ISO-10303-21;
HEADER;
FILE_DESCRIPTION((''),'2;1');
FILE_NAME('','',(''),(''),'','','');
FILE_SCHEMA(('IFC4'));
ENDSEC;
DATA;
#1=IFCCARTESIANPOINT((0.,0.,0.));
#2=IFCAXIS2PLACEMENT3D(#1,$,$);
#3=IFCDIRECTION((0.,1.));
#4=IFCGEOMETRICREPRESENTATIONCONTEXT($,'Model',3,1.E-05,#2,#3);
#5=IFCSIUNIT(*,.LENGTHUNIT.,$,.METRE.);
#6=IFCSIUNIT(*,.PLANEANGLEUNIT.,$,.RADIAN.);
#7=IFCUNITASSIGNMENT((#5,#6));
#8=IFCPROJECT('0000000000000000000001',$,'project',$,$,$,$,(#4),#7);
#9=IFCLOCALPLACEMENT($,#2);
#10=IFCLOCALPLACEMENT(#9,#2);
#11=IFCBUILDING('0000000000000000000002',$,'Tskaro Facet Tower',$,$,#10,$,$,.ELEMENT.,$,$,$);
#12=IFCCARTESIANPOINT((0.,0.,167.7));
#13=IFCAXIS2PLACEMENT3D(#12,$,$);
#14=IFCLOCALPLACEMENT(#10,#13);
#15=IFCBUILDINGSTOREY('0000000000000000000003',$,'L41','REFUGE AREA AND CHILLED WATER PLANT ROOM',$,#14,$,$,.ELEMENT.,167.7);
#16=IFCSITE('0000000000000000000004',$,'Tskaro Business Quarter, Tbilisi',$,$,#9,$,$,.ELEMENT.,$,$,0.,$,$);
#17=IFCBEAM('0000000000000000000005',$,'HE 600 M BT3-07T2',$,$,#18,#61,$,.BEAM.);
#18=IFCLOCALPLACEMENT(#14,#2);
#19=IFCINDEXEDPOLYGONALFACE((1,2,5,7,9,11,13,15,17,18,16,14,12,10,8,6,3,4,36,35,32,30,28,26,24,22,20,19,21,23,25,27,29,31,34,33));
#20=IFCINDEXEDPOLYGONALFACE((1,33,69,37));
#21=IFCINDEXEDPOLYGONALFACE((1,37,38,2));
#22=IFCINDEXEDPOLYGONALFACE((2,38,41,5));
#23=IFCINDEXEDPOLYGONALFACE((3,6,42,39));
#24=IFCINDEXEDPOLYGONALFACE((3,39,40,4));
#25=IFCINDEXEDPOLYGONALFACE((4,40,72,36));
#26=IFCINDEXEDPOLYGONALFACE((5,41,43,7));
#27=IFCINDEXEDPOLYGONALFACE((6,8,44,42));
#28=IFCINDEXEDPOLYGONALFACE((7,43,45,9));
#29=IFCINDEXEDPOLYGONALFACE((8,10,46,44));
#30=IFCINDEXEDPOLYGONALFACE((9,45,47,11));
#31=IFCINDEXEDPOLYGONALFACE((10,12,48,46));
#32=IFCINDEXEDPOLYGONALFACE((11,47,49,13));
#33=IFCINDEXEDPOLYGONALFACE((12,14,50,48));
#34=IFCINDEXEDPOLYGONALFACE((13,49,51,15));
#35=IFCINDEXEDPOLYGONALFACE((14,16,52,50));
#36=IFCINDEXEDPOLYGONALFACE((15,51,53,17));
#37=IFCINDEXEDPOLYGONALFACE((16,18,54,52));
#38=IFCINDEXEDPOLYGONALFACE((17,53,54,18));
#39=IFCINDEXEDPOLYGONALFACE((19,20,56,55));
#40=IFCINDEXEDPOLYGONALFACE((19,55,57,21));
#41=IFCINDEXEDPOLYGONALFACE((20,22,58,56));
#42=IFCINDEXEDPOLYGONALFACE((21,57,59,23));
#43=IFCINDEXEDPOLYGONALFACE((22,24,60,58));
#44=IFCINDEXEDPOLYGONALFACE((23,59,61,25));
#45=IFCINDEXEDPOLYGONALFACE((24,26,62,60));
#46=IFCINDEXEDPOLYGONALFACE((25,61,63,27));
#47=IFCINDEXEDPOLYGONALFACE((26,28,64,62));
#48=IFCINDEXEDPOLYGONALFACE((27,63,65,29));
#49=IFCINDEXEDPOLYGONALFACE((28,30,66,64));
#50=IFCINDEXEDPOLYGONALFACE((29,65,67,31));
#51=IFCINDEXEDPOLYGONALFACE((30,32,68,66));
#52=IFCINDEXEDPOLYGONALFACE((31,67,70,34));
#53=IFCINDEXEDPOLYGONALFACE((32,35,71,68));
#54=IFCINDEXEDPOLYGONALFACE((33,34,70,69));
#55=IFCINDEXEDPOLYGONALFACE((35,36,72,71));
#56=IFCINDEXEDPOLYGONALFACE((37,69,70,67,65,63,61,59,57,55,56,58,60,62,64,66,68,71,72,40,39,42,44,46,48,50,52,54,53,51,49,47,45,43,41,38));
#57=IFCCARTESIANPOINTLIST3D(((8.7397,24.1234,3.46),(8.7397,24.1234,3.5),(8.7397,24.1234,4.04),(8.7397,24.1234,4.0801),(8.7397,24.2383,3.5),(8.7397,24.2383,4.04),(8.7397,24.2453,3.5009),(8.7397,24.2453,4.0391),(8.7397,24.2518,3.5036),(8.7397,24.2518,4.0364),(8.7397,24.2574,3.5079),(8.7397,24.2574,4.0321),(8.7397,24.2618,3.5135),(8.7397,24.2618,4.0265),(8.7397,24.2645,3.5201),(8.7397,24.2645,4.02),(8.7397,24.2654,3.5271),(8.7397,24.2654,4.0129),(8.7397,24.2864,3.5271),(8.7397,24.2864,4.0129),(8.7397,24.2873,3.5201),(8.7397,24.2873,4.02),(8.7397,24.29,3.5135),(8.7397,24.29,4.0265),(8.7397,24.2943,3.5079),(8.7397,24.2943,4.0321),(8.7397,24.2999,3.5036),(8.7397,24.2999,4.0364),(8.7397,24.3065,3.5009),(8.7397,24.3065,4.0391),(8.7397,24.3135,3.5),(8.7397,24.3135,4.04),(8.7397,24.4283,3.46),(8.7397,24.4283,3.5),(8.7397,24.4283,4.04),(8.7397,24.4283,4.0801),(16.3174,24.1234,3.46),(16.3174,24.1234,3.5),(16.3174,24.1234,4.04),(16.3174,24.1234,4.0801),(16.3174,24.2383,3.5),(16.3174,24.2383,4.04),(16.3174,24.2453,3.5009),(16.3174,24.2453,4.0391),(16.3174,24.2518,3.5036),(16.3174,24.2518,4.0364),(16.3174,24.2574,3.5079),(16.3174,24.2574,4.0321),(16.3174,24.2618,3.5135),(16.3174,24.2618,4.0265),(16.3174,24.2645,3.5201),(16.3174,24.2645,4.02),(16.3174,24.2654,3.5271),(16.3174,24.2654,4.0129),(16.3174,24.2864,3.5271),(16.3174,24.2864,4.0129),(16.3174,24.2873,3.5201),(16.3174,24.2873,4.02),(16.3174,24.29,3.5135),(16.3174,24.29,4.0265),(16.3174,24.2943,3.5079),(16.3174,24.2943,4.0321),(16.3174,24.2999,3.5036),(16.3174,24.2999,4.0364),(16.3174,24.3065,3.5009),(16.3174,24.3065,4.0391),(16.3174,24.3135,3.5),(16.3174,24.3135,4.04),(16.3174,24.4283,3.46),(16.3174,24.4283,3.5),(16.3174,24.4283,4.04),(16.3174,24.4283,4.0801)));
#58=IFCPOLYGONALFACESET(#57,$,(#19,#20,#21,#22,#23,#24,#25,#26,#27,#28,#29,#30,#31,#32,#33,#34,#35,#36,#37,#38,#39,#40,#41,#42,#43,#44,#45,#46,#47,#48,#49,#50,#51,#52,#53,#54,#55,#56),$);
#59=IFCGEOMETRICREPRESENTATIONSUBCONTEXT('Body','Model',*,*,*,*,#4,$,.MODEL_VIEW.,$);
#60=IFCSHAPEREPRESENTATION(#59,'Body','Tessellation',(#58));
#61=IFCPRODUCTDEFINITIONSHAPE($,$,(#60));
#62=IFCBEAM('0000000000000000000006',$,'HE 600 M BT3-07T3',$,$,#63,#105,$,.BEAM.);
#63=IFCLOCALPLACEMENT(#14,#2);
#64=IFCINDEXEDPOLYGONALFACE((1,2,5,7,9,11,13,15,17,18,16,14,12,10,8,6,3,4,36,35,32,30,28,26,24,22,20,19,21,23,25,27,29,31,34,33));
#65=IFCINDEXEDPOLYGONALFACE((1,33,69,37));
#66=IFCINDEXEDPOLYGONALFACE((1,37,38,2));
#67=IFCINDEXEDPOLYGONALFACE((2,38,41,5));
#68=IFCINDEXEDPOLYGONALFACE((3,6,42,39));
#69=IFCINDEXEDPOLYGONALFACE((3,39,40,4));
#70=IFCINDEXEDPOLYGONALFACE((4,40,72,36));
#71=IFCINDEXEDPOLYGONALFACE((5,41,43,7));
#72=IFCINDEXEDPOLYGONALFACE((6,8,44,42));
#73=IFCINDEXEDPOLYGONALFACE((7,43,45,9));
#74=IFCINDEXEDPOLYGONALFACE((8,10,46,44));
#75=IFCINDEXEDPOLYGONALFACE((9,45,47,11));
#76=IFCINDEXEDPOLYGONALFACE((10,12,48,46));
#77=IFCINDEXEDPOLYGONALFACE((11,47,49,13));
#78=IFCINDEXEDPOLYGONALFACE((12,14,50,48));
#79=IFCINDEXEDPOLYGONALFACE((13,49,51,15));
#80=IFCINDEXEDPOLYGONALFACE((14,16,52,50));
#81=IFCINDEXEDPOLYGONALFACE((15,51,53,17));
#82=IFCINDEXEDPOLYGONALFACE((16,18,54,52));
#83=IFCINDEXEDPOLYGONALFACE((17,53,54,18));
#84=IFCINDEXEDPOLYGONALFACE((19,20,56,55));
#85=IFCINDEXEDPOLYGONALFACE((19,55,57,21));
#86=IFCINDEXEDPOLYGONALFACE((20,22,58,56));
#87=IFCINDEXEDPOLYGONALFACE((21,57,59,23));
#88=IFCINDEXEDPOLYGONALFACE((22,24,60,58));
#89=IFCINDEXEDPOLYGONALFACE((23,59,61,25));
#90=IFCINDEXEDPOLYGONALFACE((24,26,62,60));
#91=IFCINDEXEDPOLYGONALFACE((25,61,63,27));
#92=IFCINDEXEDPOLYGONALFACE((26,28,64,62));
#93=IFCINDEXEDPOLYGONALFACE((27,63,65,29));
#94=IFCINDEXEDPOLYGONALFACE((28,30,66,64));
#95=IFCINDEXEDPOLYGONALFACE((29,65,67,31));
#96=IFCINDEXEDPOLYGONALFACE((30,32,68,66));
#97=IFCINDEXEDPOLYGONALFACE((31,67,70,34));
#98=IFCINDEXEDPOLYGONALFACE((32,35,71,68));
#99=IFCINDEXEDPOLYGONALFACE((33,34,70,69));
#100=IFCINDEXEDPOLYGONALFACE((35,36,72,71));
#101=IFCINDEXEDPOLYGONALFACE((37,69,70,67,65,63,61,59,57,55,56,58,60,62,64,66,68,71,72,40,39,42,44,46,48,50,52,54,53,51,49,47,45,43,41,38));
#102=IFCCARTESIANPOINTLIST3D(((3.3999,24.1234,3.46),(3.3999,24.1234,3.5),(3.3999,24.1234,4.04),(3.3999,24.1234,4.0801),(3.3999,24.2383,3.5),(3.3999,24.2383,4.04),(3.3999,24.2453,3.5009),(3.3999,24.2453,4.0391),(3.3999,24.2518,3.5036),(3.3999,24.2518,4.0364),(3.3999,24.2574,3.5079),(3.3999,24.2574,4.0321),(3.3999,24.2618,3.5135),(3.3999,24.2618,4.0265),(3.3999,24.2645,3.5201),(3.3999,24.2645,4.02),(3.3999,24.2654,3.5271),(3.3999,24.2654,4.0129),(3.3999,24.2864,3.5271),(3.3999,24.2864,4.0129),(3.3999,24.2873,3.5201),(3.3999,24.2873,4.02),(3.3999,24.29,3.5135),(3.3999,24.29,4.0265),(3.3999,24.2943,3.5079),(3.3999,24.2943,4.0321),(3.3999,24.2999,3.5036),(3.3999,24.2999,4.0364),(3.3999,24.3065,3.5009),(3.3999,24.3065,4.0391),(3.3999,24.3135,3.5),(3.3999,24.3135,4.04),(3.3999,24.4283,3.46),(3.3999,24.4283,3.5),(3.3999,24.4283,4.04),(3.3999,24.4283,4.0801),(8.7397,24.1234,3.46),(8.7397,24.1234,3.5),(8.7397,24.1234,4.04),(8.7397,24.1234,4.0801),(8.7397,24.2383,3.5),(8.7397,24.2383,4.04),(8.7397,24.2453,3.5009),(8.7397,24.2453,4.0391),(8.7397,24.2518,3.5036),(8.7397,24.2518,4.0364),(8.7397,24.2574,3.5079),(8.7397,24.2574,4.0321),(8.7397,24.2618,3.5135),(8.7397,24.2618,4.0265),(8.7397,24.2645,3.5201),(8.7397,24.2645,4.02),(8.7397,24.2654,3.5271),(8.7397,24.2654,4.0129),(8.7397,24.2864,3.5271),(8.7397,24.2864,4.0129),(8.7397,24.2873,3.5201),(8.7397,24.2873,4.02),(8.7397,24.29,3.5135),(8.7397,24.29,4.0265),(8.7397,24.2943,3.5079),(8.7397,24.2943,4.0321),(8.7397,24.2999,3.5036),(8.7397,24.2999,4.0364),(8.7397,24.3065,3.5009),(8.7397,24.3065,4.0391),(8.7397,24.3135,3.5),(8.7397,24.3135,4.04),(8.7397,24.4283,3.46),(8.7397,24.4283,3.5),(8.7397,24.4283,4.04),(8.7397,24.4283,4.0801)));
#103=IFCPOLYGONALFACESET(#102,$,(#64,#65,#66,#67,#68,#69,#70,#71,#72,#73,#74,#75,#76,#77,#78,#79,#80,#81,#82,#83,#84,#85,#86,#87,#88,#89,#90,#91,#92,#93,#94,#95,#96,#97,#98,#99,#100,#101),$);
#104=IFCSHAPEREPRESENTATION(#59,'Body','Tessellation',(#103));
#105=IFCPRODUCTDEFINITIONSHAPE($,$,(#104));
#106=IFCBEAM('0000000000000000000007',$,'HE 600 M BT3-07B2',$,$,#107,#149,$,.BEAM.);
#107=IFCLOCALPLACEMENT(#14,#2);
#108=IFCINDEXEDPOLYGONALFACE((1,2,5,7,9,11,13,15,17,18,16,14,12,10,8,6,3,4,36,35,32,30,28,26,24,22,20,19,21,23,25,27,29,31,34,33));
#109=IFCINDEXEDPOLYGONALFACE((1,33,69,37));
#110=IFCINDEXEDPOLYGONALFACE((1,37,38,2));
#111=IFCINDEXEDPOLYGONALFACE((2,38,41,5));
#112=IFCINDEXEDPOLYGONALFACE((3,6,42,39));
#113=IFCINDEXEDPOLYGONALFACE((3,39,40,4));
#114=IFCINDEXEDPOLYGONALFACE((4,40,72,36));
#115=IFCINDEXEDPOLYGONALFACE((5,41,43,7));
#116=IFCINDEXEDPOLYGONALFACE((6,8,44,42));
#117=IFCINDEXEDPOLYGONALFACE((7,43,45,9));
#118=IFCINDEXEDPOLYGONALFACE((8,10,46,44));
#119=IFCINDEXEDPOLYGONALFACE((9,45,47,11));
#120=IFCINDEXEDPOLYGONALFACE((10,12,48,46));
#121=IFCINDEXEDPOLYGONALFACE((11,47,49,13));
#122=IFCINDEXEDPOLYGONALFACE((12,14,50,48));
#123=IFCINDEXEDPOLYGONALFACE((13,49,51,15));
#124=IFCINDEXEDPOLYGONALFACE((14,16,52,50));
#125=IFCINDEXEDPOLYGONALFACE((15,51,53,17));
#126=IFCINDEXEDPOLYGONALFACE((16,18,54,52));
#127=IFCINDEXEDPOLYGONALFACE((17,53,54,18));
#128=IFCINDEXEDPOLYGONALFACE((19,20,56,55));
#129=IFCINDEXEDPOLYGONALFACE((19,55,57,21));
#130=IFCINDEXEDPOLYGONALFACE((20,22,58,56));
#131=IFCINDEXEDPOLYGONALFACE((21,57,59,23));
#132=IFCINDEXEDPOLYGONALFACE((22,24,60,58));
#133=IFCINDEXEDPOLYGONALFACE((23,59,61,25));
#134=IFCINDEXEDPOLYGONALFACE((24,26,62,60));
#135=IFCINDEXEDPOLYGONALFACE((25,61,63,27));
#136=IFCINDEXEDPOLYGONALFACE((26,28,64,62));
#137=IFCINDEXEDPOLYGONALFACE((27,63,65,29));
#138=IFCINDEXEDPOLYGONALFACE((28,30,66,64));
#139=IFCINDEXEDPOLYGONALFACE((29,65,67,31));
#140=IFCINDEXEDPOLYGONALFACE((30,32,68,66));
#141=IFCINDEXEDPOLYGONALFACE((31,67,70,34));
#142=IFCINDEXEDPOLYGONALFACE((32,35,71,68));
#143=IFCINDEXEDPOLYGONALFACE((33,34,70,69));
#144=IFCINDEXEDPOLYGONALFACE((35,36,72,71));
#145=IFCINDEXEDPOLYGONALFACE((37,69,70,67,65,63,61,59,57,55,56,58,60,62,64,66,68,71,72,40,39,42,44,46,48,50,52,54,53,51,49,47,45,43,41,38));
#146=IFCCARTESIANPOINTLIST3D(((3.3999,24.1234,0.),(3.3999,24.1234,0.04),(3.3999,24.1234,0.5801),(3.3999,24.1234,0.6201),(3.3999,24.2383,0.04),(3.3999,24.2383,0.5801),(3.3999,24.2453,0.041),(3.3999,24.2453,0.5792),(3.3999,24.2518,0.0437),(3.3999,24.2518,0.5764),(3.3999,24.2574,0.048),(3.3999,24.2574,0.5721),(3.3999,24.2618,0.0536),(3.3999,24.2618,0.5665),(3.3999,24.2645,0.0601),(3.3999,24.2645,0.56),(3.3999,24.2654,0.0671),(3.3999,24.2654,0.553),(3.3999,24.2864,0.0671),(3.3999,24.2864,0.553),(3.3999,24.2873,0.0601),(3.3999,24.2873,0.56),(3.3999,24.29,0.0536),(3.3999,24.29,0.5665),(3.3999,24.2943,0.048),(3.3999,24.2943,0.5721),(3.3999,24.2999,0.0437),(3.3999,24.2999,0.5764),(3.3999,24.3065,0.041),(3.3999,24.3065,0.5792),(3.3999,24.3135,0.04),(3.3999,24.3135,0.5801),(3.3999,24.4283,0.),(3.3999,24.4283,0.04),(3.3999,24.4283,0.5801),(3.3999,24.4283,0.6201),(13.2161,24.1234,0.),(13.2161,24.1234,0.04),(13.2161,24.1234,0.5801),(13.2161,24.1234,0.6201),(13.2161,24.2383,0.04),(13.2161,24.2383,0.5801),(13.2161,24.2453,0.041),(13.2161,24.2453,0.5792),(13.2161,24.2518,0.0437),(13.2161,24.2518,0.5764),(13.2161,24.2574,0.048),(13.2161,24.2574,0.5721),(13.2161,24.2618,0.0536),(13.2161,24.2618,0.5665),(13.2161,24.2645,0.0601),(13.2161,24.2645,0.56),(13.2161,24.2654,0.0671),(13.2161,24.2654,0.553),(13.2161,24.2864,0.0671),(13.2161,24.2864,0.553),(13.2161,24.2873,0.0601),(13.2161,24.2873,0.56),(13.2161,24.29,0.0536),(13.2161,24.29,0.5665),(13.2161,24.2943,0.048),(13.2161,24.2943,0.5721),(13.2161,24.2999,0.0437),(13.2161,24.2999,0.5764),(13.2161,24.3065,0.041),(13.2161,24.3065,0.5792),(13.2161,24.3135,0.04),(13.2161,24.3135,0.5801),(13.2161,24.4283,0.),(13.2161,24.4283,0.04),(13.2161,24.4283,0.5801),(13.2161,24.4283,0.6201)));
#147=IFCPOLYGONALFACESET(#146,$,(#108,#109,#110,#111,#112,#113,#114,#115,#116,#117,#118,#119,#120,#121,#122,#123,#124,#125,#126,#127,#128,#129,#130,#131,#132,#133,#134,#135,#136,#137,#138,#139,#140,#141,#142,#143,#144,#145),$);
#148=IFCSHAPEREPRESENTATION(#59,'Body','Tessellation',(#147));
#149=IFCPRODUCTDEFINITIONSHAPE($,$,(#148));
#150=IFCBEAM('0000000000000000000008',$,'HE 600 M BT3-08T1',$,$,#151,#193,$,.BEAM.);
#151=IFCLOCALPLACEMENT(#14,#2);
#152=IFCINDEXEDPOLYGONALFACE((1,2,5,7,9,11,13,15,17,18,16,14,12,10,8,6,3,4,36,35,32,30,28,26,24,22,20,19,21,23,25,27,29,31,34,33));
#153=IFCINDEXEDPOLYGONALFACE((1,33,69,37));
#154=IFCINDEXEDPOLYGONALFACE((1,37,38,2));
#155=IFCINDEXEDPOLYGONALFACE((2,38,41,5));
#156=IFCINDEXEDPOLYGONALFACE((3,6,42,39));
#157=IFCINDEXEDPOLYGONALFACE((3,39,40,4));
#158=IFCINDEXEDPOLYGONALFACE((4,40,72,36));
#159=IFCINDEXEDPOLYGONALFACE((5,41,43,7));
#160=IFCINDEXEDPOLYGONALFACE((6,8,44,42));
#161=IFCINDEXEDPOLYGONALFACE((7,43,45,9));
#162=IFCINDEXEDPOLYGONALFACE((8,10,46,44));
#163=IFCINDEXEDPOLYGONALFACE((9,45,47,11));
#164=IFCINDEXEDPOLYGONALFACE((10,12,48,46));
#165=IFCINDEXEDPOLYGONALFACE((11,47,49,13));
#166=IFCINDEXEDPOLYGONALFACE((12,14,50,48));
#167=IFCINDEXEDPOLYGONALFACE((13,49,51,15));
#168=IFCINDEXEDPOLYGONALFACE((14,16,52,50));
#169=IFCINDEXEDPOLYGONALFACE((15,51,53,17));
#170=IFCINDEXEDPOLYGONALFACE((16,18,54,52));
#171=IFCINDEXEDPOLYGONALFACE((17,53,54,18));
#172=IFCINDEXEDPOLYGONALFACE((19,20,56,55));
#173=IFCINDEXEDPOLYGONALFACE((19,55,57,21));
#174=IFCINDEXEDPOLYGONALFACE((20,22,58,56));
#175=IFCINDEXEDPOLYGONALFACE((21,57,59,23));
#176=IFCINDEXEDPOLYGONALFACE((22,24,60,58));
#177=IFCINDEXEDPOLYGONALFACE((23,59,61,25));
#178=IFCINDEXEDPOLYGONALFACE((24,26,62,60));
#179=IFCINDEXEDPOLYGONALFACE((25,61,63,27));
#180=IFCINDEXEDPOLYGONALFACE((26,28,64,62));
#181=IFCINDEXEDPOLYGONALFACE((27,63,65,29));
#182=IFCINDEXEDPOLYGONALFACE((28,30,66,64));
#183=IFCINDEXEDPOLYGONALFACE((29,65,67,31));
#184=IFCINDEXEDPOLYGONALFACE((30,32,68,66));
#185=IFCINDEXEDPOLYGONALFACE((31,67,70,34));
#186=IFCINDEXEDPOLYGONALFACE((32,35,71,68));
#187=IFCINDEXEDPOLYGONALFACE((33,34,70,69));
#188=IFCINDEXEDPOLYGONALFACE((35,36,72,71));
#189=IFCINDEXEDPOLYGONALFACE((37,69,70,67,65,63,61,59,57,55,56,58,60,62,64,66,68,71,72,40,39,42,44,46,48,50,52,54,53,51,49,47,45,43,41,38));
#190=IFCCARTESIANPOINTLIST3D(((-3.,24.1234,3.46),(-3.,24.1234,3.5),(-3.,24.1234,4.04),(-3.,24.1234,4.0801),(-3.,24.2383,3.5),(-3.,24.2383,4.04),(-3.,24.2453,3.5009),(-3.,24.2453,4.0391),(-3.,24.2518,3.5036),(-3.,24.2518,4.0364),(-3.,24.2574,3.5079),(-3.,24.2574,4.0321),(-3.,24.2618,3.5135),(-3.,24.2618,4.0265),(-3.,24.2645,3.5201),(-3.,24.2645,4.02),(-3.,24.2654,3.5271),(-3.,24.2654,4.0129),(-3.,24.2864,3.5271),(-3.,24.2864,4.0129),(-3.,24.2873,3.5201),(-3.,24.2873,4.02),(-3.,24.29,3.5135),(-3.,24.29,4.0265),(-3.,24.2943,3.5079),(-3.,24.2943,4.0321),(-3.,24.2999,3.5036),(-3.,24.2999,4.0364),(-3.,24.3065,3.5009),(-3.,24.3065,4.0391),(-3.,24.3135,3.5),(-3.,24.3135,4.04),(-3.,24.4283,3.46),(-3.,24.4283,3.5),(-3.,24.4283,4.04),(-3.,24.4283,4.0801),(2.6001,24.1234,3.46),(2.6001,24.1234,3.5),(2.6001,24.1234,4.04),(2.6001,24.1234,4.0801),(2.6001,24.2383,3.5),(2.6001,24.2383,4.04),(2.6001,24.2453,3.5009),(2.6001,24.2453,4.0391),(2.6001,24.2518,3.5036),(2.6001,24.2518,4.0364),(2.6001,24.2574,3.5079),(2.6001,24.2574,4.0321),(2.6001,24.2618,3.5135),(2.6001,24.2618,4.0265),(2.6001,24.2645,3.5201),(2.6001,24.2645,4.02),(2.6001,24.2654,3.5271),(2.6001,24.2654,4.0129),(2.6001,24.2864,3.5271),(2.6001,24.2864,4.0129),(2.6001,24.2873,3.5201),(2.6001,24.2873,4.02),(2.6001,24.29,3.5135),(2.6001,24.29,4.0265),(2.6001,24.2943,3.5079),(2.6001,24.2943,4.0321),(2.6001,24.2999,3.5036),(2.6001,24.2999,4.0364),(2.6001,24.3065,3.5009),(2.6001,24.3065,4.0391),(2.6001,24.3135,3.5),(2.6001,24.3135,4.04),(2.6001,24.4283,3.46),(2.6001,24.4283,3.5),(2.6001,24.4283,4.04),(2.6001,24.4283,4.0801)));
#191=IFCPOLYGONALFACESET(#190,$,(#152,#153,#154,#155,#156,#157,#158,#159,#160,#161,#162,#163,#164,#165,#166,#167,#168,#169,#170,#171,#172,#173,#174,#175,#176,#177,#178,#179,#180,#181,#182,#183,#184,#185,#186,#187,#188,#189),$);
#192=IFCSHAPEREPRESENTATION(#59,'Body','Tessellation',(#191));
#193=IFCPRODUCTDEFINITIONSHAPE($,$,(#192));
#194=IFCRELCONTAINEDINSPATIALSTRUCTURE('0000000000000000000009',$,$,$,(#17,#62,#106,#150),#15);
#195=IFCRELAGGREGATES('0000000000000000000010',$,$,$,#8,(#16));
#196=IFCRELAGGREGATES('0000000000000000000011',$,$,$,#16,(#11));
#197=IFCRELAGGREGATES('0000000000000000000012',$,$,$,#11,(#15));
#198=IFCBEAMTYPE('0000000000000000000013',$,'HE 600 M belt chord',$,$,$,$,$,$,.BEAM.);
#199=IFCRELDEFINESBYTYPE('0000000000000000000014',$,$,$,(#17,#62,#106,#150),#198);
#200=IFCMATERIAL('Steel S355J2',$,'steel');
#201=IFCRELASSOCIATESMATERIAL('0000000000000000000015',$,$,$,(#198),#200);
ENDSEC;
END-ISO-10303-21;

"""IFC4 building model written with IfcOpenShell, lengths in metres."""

from ifc_helpers import new_model, si_unit, direction, frame, origin, origin_2d, place, context, subcontext, project, spatial, i_section, extrude, material, material_profile, profile_set, type_object, element, save


model = new_model("IFC4")

# Units and contexts
model_context = context("Model", 3, precision=1e-05, world=origin(), true_north=direction((0.0, 1.0)))
body_context = subcontext(model_context, "Body", "Model", "MODEL_VIEW")
ifc_project = project(units=[si_unit("LENGTHUNIT", "METRE"), si_unit("PLANEANGLEUNIT", "RADIAN")], contexts=[model_context])

# Site, building, storey
site_placement = place(None, origin())
site = spatial("IfcSite", under=ifc_project, at=site_placement, Name="Tskaro Business Quarter, Tbilisi", CompositionType="ELEMENT", RefElevation=0.0)
building_placement = place(site_placement, origin())
building = spatial("IfcBuilding", under=site, at=building_placement, Name="Tskaro Facet Tower", CompositionType="ELEMENT")
storey_placement = place(building_placement, frame((0.0, 0.0, 167.7)))
storey = spatial("IfcBuildingStorey", under=building, at=storey_placement, Name="L41", Description="REFUGE AREA AND CHILLED WATER PLANT ROOM", CompositionType="ELEMENT", Elevation=167.7)

# Shared definitions
ifc_material_1 = material(Name="Steel S355J2", Category="steel")

# Beams
ifc_material_profile_1 = material_profile(ifc_material_1, i_section(OverallWidth=0.3049, OverallDepth=0.6201, WebThickness=0.021, FlangeThickness=0.04, FilletRadius=0.0271, at=origin_2d()), Name="HE 600 M")
ifc_profile_set_1 = profile_set([ifc_material_profile_1], Name="Steel S355J2")
beam_type_1 = type_object("IfcBeamType", Name="HE 600 M belt chord", PredefinedType="BEAM", material=ifc_profile_set_1)
beam_1_placement = place(storey_placement, frame((16.3174, 24.2759, 3.77), z_axis=(-1.0, 0.0, 0.0), x_axis=(0.0, -1.0, 0.0)))
element("IfcBeam", 1, at=beam_1_placement, inside=storey, type_object=beam_type_1, Name="HE 600 M BT3-07T2", PredefinedType="BEAM", context=body_context, shape_type="SweptSolid", body=[
    extrude(i_section(OverallWidth=0.3049, OverallDepth=0.6201, WebThickness=0.021, FlangeThickness=0.04, FilletRadius=0.0271, at=origin_2d()), origin(), (0.0, 0.0, 1.0), 7.5776),
])
beam_2_placement = place(storey_placement, frame((8.7397, 24.2759, 3.77), z_axis=(-1.0, 0.0, 0.0), x_axis=(0.0, -1.0, 0.0)))
element("IfcBeam", 2, at=beam_2_placement, inside=storey, type_object=beam_type_1, Name="HE 600 M BT3-07T3", PredefinedType="BEAM", context=body_context, shape_type="SweptSolid", body=[
    extrude(i_section(OverallWidth=0.3049, OverallDepth=0.6201, WebThickness=0.021, FlangeThickness=0.04, FilletRadius=0.0271, at=origin_2d()), origin(), (0.0, 0.0, 1.0), 5.3398),
])
beam_3_placement = place(storey_placement, frame((13.2161, 24.2759, 0.3101), z_axis=(-1.0, 0.0, 0.0), x_axis=(0.0, -1.0, 0.0)))
element("IfcBeam", 3, at=beam_3_placement, inside=storey, type_object=beam_type_1, Name="HE 600 M BT3-07B2", PredefinedType="BEAM", context=body_context, shape_type="SweptSolid", body=[
    extrude(i_section(OverallWidth=0.3049, OverallDepth=0.6201, WebThickness=0.021, FlangeThickness=0.04, FilletRadius=0.0271, at=origin_2d()), origin(), (0.0, 0.0, 1.0), 9.8162),
])
beam_4_placement = place(storey_placement, frame((2.6001, 24.2759, 3.77), z_axis=(-1.0, 0.0, 0.0), x_axis=(0.0, -1.0, 0.0)))
element("IfcBeam", 4, at=beam_4_placement, inside=storey, type_object=beam_type_1, Name="HE 600 M BT3-08T1", PredefinedType="BEAM", context=body_context, shape_type="SweptSolid", body=[
    extrude(i_section(OverallWidth=0.3049, OverallDepth=0.6201, WebThickness=0.021, FlangeThickness=0.04, FilletRadius=0.0271, at=origin_2d()), origin(), (0.0, 0.0, 1.0), 5.6001),
])

save(model, "model.ifc")
